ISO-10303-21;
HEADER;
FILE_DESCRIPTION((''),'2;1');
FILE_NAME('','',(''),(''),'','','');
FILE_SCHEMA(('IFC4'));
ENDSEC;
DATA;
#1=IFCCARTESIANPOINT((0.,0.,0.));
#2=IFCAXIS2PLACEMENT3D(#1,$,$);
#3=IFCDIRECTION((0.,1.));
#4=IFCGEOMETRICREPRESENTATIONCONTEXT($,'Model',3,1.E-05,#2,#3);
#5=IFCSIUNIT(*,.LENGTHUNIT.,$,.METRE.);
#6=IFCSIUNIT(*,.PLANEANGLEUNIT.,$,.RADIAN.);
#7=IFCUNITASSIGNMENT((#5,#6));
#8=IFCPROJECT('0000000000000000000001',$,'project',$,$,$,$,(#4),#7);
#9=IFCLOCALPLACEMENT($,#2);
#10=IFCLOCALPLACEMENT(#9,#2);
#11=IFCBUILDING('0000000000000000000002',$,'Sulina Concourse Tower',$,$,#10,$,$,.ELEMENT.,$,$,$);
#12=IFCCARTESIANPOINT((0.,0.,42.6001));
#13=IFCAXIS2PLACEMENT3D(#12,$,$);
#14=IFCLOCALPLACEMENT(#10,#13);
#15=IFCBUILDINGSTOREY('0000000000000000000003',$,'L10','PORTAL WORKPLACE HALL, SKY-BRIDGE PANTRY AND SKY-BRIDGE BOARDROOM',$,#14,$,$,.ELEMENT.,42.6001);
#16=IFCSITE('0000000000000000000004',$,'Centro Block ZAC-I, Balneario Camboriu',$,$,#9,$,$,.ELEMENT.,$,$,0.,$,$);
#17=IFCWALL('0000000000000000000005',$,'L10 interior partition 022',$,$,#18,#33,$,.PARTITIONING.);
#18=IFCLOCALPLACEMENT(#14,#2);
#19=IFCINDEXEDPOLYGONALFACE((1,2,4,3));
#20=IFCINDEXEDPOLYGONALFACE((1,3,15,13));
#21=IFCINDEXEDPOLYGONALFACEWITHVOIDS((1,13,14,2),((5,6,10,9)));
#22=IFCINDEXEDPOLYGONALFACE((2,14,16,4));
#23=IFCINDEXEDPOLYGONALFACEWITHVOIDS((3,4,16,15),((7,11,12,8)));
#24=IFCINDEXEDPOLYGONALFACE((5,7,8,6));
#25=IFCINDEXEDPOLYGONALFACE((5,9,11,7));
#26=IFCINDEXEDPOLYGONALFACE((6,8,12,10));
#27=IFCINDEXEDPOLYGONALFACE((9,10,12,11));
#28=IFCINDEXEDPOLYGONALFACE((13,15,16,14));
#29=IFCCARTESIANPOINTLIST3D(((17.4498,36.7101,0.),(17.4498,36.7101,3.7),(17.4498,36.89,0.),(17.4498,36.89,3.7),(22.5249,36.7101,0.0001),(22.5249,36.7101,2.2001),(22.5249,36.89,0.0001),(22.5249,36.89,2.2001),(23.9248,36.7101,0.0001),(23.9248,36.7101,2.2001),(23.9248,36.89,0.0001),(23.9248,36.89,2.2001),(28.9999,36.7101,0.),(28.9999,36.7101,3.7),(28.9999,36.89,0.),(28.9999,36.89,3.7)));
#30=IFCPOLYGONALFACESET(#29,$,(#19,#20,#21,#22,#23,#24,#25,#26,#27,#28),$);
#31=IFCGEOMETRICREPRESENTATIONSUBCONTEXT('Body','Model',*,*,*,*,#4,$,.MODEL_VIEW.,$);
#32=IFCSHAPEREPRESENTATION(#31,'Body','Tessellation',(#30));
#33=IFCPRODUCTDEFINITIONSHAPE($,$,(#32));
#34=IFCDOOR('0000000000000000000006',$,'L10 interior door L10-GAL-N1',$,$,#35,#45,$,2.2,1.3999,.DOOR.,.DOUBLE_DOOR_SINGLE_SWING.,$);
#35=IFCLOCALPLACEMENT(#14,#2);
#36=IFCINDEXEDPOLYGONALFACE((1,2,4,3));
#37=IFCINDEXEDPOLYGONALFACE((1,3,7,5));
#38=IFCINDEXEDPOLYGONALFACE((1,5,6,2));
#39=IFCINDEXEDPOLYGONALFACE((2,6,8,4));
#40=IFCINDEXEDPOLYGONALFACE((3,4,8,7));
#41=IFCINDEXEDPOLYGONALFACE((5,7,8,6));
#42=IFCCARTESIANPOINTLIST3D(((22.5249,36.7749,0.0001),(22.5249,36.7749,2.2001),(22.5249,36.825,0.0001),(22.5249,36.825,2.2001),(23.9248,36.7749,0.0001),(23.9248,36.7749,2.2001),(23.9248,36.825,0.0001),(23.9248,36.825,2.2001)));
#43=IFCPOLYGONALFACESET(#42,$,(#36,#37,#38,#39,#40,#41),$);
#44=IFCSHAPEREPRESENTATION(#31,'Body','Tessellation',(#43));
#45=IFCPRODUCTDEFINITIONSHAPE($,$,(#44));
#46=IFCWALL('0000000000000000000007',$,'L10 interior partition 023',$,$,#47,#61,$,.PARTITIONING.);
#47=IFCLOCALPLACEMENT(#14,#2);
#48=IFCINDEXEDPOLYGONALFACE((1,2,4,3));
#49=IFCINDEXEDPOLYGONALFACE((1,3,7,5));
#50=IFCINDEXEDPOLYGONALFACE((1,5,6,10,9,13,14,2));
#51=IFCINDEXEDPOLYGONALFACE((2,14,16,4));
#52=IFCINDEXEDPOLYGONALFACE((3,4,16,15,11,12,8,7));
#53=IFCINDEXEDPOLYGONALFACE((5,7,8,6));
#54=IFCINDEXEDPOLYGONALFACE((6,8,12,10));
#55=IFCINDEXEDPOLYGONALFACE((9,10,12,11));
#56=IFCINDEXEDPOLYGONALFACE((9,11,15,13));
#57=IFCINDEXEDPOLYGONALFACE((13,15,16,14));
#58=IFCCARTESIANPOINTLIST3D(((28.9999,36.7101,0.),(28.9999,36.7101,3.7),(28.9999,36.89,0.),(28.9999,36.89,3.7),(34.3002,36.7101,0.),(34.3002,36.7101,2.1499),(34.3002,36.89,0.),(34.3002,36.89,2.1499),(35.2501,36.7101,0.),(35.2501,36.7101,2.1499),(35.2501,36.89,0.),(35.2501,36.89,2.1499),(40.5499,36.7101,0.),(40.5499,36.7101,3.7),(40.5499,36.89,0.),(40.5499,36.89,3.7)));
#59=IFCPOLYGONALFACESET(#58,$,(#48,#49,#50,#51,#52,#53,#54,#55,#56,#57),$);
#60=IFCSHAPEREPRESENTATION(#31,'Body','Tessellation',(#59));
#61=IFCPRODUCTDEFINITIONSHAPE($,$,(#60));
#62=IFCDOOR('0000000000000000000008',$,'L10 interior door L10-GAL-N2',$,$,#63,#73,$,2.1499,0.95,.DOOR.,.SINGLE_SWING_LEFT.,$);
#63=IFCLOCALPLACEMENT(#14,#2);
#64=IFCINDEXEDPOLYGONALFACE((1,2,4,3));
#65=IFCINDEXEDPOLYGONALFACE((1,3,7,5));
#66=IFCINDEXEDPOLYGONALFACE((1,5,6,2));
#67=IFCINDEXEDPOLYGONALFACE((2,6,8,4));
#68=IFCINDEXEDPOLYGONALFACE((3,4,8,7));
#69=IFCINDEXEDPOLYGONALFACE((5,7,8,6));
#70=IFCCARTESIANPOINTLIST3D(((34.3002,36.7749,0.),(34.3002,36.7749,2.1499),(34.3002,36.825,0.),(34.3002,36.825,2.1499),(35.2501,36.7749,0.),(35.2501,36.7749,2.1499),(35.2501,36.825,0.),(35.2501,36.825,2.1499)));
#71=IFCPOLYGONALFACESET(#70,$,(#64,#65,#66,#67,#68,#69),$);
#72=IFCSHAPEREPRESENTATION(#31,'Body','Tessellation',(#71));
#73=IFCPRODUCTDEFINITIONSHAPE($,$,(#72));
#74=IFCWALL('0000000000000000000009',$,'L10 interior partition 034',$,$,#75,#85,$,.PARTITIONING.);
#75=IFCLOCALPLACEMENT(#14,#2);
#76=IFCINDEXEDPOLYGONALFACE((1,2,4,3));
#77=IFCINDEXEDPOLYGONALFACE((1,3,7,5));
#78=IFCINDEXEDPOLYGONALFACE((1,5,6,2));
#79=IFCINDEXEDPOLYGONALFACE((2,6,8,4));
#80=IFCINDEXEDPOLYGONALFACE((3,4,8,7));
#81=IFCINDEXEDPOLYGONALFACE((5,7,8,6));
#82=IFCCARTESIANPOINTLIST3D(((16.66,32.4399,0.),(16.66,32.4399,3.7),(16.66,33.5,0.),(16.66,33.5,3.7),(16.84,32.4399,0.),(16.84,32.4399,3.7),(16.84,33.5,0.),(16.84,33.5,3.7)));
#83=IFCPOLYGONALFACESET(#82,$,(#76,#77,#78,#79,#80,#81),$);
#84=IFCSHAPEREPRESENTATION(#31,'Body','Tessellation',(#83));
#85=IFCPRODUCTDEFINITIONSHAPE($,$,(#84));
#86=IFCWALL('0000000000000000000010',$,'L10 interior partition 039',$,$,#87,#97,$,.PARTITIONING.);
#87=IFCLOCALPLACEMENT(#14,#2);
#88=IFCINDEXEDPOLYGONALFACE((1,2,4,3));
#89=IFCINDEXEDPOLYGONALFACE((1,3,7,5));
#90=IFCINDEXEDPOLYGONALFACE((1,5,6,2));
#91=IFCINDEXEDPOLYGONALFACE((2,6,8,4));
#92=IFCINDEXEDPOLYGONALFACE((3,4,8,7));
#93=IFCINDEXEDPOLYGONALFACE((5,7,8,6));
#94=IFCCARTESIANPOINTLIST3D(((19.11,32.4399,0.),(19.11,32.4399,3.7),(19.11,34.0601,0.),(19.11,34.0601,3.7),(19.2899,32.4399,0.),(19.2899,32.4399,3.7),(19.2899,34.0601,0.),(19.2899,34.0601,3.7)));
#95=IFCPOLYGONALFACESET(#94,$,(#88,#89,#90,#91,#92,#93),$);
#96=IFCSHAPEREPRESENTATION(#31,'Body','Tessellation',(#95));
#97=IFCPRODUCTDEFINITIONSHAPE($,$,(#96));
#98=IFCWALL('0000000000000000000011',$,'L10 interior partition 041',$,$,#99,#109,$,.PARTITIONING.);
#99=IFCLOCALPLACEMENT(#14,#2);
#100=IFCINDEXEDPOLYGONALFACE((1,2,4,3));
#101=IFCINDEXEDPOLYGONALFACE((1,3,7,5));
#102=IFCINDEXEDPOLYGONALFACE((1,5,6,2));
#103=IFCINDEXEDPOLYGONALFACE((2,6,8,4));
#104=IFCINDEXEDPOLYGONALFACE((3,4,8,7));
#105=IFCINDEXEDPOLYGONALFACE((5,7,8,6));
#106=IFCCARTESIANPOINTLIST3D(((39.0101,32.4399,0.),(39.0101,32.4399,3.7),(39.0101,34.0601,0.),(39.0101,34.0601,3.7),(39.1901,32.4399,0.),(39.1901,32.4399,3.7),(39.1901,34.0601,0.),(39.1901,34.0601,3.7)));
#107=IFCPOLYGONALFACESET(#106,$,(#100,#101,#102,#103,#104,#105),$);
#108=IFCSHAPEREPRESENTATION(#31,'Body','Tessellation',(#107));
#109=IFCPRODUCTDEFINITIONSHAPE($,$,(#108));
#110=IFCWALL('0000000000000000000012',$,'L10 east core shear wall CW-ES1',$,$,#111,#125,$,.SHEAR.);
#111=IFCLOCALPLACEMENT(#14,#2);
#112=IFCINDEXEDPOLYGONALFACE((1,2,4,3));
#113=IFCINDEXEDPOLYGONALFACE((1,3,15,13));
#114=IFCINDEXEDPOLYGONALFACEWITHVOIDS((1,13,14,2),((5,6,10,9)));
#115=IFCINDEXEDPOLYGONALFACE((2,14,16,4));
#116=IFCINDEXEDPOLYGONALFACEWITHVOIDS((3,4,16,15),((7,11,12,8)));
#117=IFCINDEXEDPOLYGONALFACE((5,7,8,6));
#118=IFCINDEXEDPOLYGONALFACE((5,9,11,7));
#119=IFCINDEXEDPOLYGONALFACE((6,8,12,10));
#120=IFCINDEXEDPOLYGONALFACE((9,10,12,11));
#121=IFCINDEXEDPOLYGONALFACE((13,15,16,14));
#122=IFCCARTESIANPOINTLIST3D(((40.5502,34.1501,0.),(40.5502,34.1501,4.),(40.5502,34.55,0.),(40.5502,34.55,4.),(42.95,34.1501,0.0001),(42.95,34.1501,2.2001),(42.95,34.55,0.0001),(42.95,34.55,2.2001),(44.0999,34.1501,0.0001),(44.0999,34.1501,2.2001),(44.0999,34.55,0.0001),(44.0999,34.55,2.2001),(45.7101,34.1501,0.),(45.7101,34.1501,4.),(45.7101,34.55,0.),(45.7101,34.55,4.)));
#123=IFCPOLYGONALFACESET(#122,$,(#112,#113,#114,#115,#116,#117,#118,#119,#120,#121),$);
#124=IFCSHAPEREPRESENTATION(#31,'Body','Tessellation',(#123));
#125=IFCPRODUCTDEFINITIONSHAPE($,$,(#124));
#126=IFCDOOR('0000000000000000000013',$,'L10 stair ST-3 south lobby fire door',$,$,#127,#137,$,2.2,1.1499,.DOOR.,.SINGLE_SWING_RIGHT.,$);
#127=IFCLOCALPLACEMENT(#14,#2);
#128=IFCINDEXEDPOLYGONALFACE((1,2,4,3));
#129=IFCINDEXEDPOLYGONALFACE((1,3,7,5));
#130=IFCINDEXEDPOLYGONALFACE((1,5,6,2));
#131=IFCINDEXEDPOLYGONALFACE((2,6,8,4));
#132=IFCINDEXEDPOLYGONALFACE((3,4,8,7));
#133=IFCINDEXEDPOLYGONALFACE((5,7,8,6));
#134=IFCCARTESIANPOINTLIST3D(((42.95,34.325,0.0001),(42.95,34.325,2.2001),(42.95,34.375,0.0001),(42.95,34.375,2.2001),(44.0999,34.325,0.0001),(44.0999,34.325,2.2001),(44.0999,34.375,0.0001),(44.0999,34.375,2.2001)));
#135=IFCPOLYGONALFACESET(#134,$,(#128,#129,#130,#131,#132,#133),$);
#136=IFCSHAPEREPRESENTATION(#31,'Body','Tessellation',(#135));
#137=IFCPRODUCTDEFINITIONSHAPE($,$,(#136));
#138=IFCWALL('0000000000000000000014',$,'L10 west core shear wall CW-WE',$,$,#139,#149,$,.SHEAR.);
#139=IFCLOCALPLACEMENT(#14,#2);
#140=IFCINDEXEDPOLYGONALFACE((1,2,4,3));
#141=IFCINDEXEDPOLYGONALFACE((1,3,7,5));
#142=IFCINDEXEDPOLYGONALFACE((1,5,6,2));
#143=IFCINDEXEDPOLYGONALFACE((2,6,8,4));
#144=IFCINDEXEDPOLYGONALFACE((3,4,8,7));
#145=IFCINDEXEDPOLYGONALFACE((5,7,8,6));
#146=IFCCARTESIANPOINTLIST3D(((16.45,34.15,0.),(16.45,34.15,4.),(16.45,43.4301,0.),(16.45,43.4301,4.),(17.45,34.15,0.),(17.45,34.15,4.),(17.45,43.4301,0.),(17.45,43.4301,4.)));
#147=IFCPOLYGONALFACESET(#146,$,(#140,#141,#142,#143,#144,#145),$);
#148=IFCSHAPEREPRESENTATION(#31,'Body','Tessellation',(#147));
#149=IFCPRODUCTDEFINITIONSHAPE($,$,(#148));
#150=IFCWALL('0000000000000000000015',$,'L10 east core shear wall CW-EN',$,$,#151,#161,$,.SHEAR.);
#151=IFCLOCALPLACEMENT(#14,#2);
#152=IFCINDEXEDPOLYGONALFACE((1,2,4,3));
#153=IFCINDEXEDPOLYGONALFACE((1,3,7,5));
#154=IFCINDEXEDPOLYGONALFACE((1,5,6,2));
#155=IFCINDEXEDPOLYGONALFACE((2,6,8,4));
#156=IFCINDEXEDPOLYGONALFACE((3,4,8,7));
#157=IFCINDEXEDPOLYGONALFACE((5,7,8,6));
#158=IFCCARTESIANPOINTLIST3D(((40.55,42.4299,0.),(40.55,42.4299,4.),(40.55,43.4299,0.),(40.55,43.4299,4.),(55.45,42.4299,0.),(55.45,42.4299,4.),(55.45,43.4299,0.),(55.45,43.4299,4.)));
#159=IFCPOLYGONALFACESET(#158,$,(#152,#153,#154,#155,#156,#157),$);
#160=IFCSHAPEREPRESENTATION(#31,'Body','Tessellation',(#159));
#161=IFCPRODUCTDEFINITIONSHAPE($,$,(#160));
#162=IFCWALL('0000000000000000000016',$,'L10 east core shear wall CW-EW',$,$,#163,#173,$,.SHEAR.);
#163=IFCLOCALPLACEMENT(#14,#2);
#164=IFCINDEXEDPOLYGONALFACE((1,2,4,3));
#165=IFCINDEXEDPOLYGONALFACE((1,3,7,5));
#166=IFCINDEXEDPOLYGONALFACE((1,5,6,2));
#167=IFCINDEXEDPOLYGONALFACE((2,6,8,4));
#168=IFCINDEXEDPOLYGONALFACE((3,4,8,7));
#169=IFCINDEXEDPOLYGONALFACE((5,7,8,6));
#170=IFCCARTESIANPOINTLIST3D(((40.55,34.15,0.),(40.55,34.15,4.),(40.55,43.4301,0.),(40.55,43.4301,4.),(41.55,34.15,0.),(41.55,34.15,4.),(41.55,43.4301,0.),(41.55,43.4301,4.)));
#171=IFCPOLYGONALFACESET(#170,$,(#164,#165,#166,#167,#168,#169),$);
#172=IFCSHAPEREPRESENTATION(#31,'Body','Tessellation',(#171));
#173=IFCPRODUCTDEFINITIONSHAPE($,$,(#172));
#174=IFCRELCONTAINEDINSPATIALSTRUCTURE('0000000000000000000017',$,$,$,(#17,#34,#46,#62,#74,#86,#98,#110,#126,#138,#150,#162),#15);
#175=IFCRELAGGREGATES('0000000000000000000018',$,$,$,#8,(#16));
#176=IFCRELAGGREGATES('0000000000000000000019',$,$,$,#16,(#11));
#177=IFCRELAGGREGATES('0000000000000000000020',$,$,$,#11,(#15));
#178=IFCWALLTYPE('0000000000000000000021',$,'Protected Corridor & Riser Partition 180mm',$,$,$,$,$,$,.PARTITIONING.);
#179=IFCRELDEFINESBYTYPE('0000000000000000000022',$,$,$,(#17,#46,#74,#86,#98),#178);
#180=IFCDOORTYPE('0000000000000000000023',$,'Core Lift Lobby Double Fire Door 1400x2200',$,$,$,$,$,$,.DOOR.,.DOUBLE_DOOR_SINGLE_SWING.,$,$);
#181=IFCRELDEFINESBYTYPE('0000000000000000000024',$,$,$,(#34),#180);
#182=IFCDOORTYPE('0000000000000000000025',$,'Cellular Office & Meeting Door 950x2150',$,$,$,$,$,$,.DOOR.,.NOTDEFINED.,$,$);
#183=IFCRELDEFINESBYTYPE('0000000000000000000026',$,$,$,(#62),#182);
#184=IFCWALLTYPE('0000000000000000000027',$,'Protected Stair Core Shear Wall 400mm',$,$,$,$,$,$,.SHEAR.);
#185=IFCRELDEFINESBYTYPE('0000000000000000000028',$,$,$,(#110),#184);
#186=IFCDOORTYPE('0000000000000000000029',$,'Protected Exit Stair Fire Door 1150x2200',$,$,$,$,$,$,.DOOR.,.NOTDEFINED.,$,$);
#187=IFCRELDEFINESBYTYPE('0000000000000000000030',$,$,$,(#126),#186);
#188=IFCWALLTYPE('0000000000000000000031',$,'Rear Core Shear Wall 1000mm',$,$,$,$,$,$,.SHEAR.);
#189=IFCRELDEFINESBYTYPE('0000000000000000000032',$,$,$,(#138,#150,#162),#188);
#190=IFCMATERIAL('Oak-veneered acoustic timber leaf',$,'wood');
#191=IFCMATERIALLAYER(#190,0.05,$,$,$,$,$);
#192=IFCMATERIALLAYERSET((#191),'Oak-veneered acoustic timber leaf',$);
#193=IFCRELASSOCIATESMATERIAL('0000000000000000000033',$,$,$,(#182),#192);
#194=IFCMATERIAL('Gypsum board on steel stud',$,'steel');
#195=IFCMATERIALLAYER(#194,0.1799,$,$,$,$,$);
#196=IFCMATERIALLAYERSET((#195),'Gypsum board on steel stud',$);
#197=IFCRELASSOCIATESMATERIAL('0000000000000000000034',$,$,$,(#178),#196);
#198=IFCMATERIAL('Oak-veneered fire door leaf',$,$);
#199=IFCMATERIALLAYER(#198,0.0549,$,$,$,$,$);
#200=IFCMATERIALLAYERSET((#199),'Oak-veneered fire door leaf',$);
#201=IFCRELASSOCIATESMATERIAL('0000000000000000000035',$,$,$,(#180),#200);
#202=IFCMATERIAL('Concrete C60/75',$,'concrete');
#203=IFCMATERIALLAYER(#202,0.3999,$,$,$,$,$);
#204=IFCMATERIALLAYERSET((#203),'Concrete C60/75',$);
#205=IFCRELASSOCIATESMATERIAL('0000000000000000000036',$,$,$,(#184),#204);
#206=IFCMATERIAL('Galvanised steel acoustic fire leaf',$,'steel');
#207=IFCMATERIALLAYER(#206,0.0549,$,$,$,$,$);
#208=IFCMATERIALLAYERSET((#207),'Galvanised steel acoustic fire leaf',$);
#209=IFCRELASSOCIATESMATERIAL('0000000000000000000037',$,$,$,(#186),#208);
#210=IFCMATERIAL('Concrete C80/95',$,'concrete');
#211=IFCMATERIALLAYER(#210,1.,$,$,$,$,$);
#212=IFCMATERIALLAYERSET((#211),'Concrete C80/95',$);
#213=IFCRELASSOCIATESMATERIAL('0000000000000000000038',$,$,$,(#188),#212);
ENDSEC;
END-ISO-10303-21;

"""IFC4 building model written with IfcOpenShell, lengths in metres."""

from ifc_helpers import new_model, si_unit, direction, frame, frame_2d, origin, place, context, subcontext, project, spatial, rectangle, extrude, material, layer, layer_set, type_object, element, fill, save


model = new_model("IFC4")

# Units and contexts
model_context = context("Model", 3, precision=1e-05, world=origin(), true_north=direction((0.0, 1.0)))
body_context = subcontext(model_context, "Body", "Model", "MODEL_VIEW")
ifc_project = project(units=[si_unit("LENGTHUNIT", "METRE"), si_unit("PLANEANGLEUNIT", "RADIAN")], contexts=[model_context])

# Site, building, storey
site_placement = place(None, origin())
site = spatial("IfcSite", under=ifc_project, at=site_placement, Name="Centro Block ZAC-I, Balneario Camboriu", CompositionType="ELEMENT", RefElevation=0.0)
building_placement = place(site_placement, origin())
building = spatial("IfcBuilding", under=site, at=building_placement, Name="Sulina Concourse Tower", CompositionType="ELEMENT")
storey_placement = place(building_placement, frame((0.0, 0.0, 42.6001)))
storey = spatial("IfcBuildingStorey", under=building, at=storey_placement, Name="L10", Description="PORTAL WORKPLACE HALL, SKY-BRIDGE PANTRY AND SKY-BRIDGE BOARDROOM", CompositionType="ELEMENT", Elevation=42.6001)

# Shared definitions
ifc_material_1 = material(Name="Oak-veneered acoustic timber leaf", Category="wood")
ifc_layer_1 = layer(ifc_material_1, 0.05)
ifc_layer_set_1 = layer_set([ifc_layer_1], Name="Oak-veneered acoustic timber leaf")
door_type_1 = type_object("IfcDoorType", Name="Cellular Office & Meeting Door 950x2150", OperationType="NOTDEFINED", PredefinedType="DOOR", material=ifc_layer_set_1)

# Walls, openings, doors
ifc_material_2 = material(Name="Gypsum board on steel stud", Category="steel")
ifc_layer_2 = layer(ifc_material_2, 0.1799)
ifc_layer_set_2 = layer_set([ifc_layer_2], Name="Gypsum board on steel stud")
wall_type_1 = type_object("IfcWallType", Name="Protected Corridor & Riser Partition 180mm", PredefinedType="PARTITIONING", material=ifc_layer_set_2)
wall_1_placement = place(storey_placement, frame((17.45, 36.8, 0.0), z_axis=(0.0, 0.0, 1.0), x_axis=(1.0, 0.0, 0.0)))
wall_1 = element("IfcWall", 1, at=wall_1_placement, inside=storey, type_object=wall_type_1, Name="L10 interior partition 022", PredefinedType="PARTITIONING", context=body_context, shape_type="SweptSolid", body=[
    extrude(rectangle(XDim=11.55, YDim=0.1799, at=frame_2d((5.7749, 0.0))), origin(), (0.0, 0.0, 1.0), 3.7),
])
opening_1_placement = place(wall_1_placement, frame((5.075, 0.0, 0.0)))
opening_1 = element("IfcOpeningElement", 2, at=opening_1_placement, cuts=wall_1, PredefinedType="OPENING", context=body_context, shape_type="SweptSolid", body=[
    extrude(rectangle(XDim=1.3999, YDim=2.2, at=frame_2d((0.7, 1.1001))), frame((0.0, 0.0999, 0.0), z_axis=(0.0, -1.0, 0.0), x_axis=(1.0, 0.0, 0.0)), (0.0, 0.0, 1.0), 0.2),
])
ifc_material_3 = material(Name="Oak-veneered fire door leaf")
ifc_layer_3 = layer(ifc_material_3, 0.0549)
ifc_layer_set_3 = layer_set([ifc_layer_3], Name="Oak-veneered fire door leaf")
door_type_2 = type_object("IfcDoorType", Name="Core Lift Lobby Double Fire Door 1400x2200", OperationType="DOUBLE_DOOR_SINGLE_SWING", PredefinedType="DOOR", material=ifc_layer_set_3)
door_1_placement = place(opening_1_placement, origin())
door_1 = element("IfcDoor", 3, at=door_1_placement, inside=storey, type_object=door_type_2, Name="L10 interior door L10-GAL-N1", OperationType="DOUBLE_DOOR_SINGLE_SWING", OverallHeight=2.2, OverallWidth=1.3999, PredefinedType="DOOR", context=body_context, shape_type="SweptSolid", body=[
    extrude(rectangle(XDim=1.3999, YDim=2.2, at=frame_2d((0.7, 1.1001))), frame((0.0, 0.0249, 0.0), z_axis=(0.0, -1.0, 0.0), x_axis=(1.0, 0.0, 0.0)), (0.0, 0.0, 1.0), 0.05),
])
fill(opening_1, door_1)
wall_2_placement = place(storey_placement, frame((29.0, 36.8, 0.0), z_axis=(0.0, 0.0, 1.0), x_axis=(1.0, 0.0, 0.0)))
wall_2 = element("IfcWall", 4, at=wall_2_placement, inside=storey, type_object=wall_type_1, Name="L10 interior partition 023", PredefinedType="PARTITIONING", context=body_context, shape_type="SweptSolid", body=[
    extrude(rectangle(XDim=11.55, YDim=0.1799, at=frame_2d((5.7749, 0.0))), origin(), (0.0, 0.0, 1.0), 3.7),
])
opening_2_placement = place(wall_2_placement, frame((5.3, 0.0, 0.0)))
opening_2 = element("IfcOpeningElement", 5, at=opening_2_placement, cuts=wall_2, PredefinedType="OPENING", context=body_context, shape_type="SweptSolid", body=[
    extrude(rectangle(XDim=0.95, YDim=2.1499, at=frame_2d((0.4751, 1.075))), frame((0.0, 0.0999, 0.0), z_axis=(0.0, -1.0, 0.0), x_axis=(1.0, 0.0, 0.0)), (0.0, 0.0, 1.0), 0.2),
])
door_2_placement = place(opening_2_placement, origin())
door_2 = element("IfcDoor", 6, at=door_2_placement, inside=storey, type_object=door_type_1, Name="L10 interior door L10-GAL-N2", OperationType="SINGLE_SWING_LEFT", OverallHeight=2.1499, OverallWidth=0.95, PredefinedType="DOOR", context=body_context, shape_type="SweptSolid", body=[
    extrude(rectangle(XDim=0.95, YDim=2.1499, at=frame_2d((0.4751, 1.075))), frame((0.0, 0.0249, 0.0), z_axis=(0.0, -1.0, 0.0), x_axis=(1.0, 0.0, 0.0)), (0.0, 0.0, 1.0), 0.05),
])
fill(opening_2, door_2)

# Walls
wall_3_placement = place(storey_placement, frame((16.75, 32.4399, 0.0), z_axis=(0.0, 0.0, 1.0), x_axis=(0.0, 1.0, 0.0)))
element("IfcWall", 7, at=wall_3_placement, inside=storey, type_object=wall_type_1, Name="L10 interior partition 034", PredefinedType="PARTITIONING", context=body_context, shape_type="SweptSolid", body=[
    extrude(rectangle(XDim=1.0601, YDim=0.1799, at=frame_2d((0.53, 0.0))), origin(), (0.0, 0.0, 1.0), 3.7),
])
for number, where, z_axis, x_axis, name in (
    (8, (19.2, 32.4399, 0.0), (0.0, 0.0, 1.0), (0.0, 1.0, 0.0), "L10 interior partition 039"),
    (9, (39.1001, 32.4399, 0.0), (0.0, 0.0, 1.0), (0.0, 1.0, 0.0), "L10 interior partition 041"),
):
    element("IfcWall", number, at=place(storey_placement, frame(where, z_axis=z_axis, x_axis=x_axis)), inside=storey, type_object=wall_type_1, Name=name, PredefinedType="PARTITIONING", context=body_context, shape_type="SweptSolid", body=[
        extrude(rectangle(XDim=1.6201, YDim=0.1799, at=frame_2d((0.8101, 0.0))), origin(), (0.0, 0.0, 1.0), 3.7),
    ])

# Wall, opening, door
ifc_material_4 = material(Name="Concrete C60/75", Category="concrete")
ifc_layer_4 = layer(ifc_material_4, 0.3999)
ifc_layer_set_4 = layer_set([ifc_layer_4], Name="Concrete C60/75")
wall_type_2 = type_object("IfcWallType", Name="Protected Stair Core Shear Wall 400mm", PredefinedType="SHEAR", material=ifc_layer_set_4)
wall_4_placement = place(storey_placement, frame((40.55, 34.3501, 0.0), z_axis=(0.0, 0.0, 1.0), x_axis=(1.0, 0.0, 0.0)))
wall_4 = element("IfcWall", 10, at=wall_4_placement, inside=storey, type_object=wall_type_2, Name="L10 east core shear wall CW-ES1", PredefinedType="SHEAR", context=body_context, shape_type="SweptSolid", body=[
    extrude(rectangle(XDim=5.1599, YDim=0.3999, at=frame_2d((2.5801, 0.0))), origin(), (0.0, 0.0, 1.0), 4.0),
])
opening_3_placement = place(wall_4_placement, frame((2.3999, 0.0, 0.0)))
opening_3 = element("IfcOpeningElement", 11, at=opening_3_placement, cuts=wall_4, PredefinedType="OPENING", context=body_context, shape_type="SweptSolid", body=[
    extrude(rectangle(XDim=1.1499, YDim=2.2, at=frame_2d((0.575, 1.1001))), frame((0.0, 0.21, 0.0), z_axis=(0.0, -1.0, 0.0), x_axis=(1.0, 0.0, 0.0)), (0.0, 0.0, 1.0), 0.4199),
])
ifc_material_5 = material(Name="Galvanised steel acoustic fire leaf", Category="steel")
ifc_layer_5 = layer(ifc_material_5, 0.0549)
ifc_layer_set_5 = layer_set([ifc_layer_5], Name="Galvanised steel acoustic fire leaf")
door_type_3 = type_object("IfcDoorType", Name="Protected Exit Stair Fire Door 1150x2200", OperationType="NOTDEFINED", PredefinedType="DOOR", material=ifc_layer_set_5)
door_3_placement = place(opening_3_placement, origin())
door_3 = element("IfcDoor", 12, at=door_3_placement, inside=storey, type_object=door_type_3, Name="L10 stair ST-3 south lobby fire door", OperationType="SINGLE_SWING_RIGHT", OverallHeight=2.2, OverallWidth=1.1499, PredefinedType="DOOR", context=body_context, shape_type="SweptSolid", body=[
    extrude(rectangle(XDim=1.1499, YDim=2.2, at=frame_2d((0.575, 1.1001))), frame((0.0, 0.0249, 0.0), z_axis=(0.0, -1.0, 0.0), x_axis=(1.0, 0.0, 0.0)), (0.0, 0.0, 1.0), 0.05),
])
fill(opening_3, door_3)

# Walls
ifc_material_6 = material(Name="Concrete C80/95", Category="concrete")
ifc_layer_6 = layer(ifc_material_6, 1.0)
ifc_layer_set_6 = layer_set([ifc_layer_6], Name="Concrete C80/95")
wall_type_3 = type_object("IfcWallType", Name="Rear Core Shear Wall 1000mm", PredefinedType="SHEAR", material=ifc_layer_set_6)
wall_5_placement = place(storey_placement, frame((16.95, 34.1499, 0.0), z_axis=(0.0, 0.0, 1.0), x_axis=(0.0, 1.0, 0.0)))
element("IfcWall", 13, at=wall_5_placement, inside=storey, type_object=wall_type_3, Name="L10 west core shear wall CW-WE", PredefinedType="SHEAR", context=body_context, shape_type="SweptSolid", body=[
    extrude(rectangle(XDim=9.28, YDim=1.0, at=frame_2d((4.6401, 0.0))), origin(), (0.0, 0.0, 1.0), 4.0),
])
wall_6_placement = place(storey_placement, frame((40.55, 42.9299, 0.0), z_axis=(0.0, 0.0, 1.0), x_axis=(1.0, 0.0, 0.0)))
element("IfcWall", 14, at=wall_6_placement, inside=storey, type_object=wall_type_3, Name="L10 east core shear wall CW-EN", PredefinedType="SHEAR", context=body_context, shape_type="SweptSolid", body=[
    extrude(rectangle(XDim=14.8999, YDim=1.0, at=frame_2d((7.45, 0.0))), origin(), (0.0, 0.0, 1.0), 4.0),
])
wall_7_placement = place(storey_placement, frame((41.05, 34.1499, 0.0), z_axis=(0.0, 0.0, 1.0), x_axis=(0.0, 1.0, 0.0)))
element("IfcWall", 15, at=wall_7_placement, inside=storey, type_object=wall_type_3, Name="L10 east core shear wall CW-EW", PredefinedType="SHEAR", context=body_context, shape_type="SweptSolid", body=[
    extrude(rectangle(XDim=9.28, YDim=1.0, at=frame_2d((4.6401, 0.0))), origin(), (0.0, 0.0, 1.0), 4.0),
])

save(model, "model.ifc")
